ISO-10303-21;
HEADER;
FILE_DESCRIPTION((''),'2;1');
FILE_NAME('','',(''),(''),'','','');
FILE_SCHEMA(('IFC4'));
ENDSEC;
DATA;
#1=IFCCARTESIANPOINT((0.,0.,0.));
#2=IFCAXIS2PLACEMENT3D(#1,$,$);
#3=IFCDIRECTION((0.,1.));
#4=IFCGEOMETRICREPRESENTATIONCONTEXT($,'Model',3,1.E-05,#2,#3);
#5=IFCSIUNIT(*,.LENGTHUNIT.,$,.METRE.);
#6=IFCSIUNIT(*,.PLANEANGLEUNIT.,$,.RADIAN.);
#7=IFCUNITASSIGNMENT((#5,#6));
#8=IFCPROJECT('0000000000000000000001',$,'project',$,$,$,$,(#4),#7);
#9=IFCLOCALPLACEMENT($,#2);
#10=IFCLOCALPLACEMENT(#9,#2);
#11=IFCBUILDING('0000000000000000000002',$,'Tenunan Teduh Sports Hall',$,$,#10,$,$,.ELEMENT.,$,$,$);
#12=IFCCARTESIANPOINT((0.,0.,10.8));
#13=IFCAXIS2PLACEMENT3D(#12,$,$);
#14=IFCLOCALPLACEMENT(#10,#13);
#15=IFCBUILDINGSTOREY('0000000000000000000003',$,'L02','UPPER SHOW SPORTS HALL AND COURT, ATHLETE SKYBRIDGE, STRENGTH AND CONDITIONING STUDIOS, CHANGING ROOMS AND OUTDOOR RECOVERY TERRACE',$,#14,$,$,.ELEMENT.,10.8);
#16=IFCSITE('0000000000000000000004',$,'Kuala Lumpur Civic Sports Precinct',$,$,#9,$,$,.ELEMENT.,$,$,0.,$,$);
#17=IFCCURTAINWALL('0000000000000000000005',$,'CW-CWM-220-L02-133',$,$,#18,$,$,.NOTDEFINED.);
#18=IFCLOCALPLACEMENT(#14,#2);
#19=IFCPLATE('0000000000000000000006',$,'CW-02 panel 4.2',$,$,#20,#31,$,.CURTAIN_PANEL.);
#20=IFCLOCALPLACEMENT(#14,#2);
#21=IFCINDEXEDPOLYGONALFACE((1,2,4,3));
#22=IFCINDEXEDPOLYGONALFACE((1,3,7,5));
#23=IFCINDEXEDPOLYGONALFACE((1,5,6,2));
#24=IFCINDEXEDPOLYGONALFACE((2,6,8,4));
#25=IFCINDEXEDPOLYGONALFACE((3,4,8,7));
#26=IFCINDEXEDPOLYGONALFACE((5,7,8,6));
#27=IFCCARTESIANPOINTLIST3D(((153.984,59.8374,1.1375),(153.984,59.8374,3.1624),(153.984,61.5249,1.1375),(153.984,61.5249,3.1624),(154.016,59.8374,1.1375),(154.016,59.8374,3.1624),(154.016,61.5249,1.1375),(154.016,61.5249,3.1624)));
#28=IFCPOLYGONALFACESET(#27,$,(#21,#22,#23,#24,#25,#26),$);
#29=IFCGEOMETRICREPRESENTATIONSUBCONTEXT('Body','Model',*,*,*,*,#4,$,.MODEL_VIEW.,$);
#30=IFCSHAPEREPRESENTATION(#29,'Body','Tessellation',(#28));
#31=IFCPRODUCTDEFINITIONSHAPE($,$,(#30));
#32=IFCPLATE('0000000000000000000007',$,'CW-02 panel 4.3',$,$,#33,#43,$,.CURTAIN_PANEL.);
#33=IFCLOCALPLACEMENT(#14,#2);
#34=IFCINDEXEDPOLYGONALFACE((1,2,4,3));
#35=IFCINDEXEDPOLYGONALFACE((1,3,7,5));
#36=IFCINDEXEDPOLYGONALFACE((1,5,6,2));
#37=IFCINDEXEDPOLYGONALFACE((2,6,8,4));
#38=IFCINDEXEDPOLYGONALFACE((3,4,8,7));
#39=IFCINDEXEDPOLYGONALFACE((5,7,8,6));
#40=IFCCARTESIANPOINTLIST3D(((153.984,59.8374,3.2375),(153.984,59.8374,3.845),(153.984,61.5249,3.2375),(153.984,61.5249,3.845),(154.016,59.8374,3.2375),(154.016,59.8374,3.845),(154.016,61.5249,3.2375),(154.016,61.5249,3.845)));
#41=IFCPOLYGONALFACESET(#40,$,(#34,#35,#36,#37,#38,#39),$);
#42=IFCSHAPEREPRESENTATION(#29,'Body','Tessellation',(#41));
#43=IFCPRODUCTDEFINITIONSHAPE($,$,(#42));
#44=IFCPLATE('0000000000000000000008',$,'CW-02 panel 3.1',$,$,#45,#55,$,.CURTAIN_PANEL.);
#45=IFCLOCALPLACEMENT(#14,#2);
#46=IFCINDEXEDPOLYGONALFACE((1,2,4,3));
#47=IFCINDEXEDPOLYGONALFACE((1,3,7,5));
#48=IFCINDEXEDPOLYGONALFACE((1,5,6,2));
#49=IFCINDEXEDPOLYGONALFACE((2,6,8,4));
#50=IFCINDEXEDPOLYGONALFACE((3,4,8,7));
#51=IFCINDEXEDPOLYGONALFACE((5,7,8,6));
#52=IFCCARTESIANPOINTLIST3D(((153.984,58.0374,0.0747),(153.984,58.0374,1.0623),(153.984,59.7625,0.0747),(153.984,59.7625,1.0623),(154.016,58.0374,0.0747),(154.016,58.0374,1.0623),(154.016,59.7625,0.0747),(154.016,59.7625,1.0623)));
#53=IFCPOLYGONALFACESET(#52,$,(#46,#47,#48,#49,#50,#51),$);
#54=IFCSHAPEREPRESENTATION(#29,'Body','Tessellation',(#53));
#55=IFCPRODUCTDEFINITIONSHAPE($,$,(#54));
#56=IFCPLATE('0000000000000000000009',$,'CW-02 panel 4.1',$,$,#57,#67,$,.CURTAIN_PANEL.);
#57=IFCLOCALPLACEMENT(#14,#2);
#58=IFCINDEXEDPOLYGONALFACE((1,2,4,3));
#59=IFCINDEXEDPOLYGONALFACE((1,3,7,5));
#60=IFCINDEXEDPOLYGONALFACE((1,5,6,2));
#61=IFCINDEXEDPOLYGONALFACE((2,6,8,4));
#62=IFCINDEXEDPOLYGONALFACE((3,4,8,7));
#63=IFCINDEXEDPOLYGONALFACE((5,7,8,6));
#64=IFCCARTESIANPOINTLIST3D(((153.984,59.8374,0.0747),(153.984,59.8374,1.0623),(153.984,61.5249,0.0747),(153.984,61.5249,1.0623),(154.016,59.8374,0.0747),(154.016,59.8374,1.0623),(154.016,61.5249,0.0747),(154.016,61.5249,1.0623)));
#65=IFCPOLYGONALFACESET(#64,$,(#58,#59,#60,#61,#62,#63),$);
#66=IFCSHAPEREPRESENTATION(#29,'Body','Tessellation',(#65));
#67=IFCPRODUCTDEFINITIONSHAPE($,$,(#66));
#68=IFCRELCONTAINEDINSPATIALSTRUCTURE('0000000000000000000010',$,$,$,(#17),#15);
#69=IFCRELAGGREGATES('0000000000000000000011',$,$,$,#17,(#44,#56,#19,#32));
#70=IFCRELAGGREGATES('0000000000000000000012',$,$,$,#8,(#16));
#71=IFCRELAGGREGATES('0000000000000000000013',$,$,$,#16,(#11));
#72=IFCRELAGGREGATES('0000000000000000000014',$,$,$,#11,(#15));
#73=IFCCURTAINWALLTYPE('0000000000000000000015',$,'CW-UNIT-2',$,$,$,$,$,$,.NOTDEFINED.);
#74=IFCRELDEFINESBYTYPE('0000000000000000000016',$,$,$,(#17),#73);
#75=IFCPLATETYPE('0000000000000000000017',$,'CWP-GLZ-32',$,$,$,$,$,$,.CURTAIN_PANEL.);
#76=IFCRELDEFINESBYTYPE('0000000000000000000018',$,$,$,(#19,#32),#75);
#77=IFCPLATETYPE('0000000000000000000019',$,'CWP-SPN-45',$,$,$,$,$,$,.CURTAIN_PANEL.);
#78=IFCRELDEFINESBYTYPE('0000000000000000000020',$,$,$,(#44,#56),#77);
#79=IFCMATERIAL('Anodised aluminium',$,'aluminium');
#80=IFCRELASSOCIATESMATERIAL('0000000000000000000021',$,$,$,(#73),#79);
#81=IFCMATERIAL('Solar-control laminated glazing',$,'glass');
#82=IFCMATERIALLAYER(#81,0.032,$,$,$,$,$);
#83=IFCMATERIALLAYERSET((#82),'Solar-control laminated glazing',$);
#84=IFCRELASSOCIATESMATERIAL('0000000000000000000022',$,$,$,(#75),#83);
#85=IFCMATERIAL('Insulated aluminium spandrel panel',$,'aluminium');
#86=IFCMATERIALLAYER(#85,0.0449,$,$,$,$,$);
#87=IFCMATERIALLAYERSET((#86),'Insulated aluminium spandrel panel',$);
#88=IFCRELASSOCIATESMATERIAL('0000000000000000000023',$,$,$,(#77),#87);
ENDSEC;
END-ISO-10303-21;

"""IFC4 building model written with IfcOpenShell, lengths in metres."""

from ifc_helpers import new_model, si_unit, direction, frame, origin, origin_2d, place, context, subcontext, project, spatial, rectangle, extrude, material, layer, layer_set, type_object, element, aggregate, save


model = new_model("IFC4")

# Units and contexts
model_context = context("Model", 3, precision=1e-05, world=origin(), true_north=direction((0.0, 1.0)))
body_context = subcontext(model_context, "Body", "Model", "MODEL_VIEW")
ifc_project = project(units=[si_unit("LENGTHUNIT", "METRE"), si_unit("PLANEANGLEUNIT", "RADIAN")], contexts=[model_context])

# Site, building, storey
site_placement = place(None, origin())
site = spatial("IfcSite", under=ifc_project, at=site_placement, Name="Kuala Lumpur Civic Sports Precinct", CompositionType="ELEMENT", RefElevation=0.0)
building_placement = place(site_placement, origin())
building = spatial("IfcBuilding", under=site, at=building_placement, Name="Tenunan Teduh Sports Hall", CompositionType="ELEMENT")
storey_placement = place(building_placement, frame((0.0, 0.0, 10.8)))
storey = spatial("IfcBuildingStorey", under=building, at=storey_placement, Name="L02", Description="UPPER SHOW SPORTS HALL AND COURT, ATHLETE SKYBRIDGE, STRENGTH AND CONDITIONING STUDIOS, CHANGING ROOMS AND OUTDOOR RECOVERY TERRACE", CompositionType="ELEMENT", Elevation=10.8)

# Shared definitions
ifc_material_1 = material(Name="Anodised aluminium", Category="aluminium")
curtain_wall_type = type_object("IfcCurtainWallType", Name="CW-UNIT-2", PredefinedType="NOTDEFINED", material=ifc_material_1)

# Curtain wall
curtain_wall_1_placement = place(storey_placement, origin())
curtain_wall_1 = element("IfcCurtainWall", 1, at=curtain_wall_1_placement, inside=storey, type_object=curtain_wall_type, Name="CW-CWM-220-L02-133", PredefinedType="NOTDEFINED")

# Plates
ifc_material_2 = material(Name="Solar-control laminated glazing", Category="glass")
ifc_layer_1 = layer(ifc_material_2, 0.032)
ifc_layer_set_1 = layer_set([ifc_layer_1], Name="Solar-control laminated glazing")
plate_type_1 = type_object("IfcPlateType", Name="CWP-GLZ-32", PredefinedType="CURTAIN_PANEL", material=ifc_layer_set_1)
plate_1_placement = place(storey_placement, frame((154.0, 60.6812, 1.1375), z_axis=(0.0, 0.0, 1.0), x_axis=(0.0, 1.0, 0.0)))
plate_1 = element("IfcPlate", 2, at=plate_1_placement, type_object=plate_type_1, Name="CW-02 panel 4.2", PredefinedType="CURTAIN_PANEL", context=body_context, shape_type="SweptSolid", body=[
    extrude(rectangle(XDim=1.6875, YDim=0.032, at=origin_2d()), origin(), (0.0, 0.0, 1.0), 2.0249),
])
plate_2_placement = place(storey_placement, frame((154.0, 60.6812, 3.2375), z_axis=(0.0, 0.0, 1.0), x_axis=(0.0, 1.0, 0.0)))
plate_2 = element("IfcPlate", 3, at=plate_2_placement, type_object=plate_type_1, Name="CW-02 panel 4.3", PredefinedType="CURTAIN_PANEL", context=body_context, shape_type="SweptSolid", body=[
    extrude(rectangle(XDim=1.6875, YDim=0.032, at=origin_2d()), origin(), (0.0, 0.0, 1.0), 0.6074),
])
ifc_material_3 = material(Name="Insulated aluminium spandrel panel", Category="aluminium")
ifc_layer_2 = layer(ifc_material_3, 0.0449)
ifc_layer_set_2 = layer_set([ifc_layer_2], Name="Insulated aluminium spandrel panel")
plate_type_2 = type_object("IfcPlateType", Name="CWP-SPN-45", PredefinedType="CURTAIN_PANEL", material=ifc_layer_set_2)
plate_3_placement = place(storey_placement, frame((154.0, 58.8999, 0.0747), z_axis=(0.0, 0.0, 1.0), x_axis=(0.0, 1.0, 0.0)))
plate_3 = element("IfcPlate", 4, at=plate_3_placement, type_object=plate_type_2, Name="CW-02 panel 3.1", PredefinedType="CURTAIN_PANEL", context=body_context, shape_type="SweptSolid", body=[
    extrude(rectangle(XDim=1.7251, YDim=0.032, at=origin_2d()), origin(), (0.0, 0.0, 1.0), 0.9875),
])
plate_4_placement = place(storey_placement, frame((154.0, 60.6812, 0.0747), z_axis=(0.0, 0.0, 1.0), x_axis=(0.0, 1.0, 0.0)))
plate_4 = element("IfcPlate", 5, at=plate_4_placement, type_object=plate_type_2, Name="CW-02 panel 4.1", PredefinedType="CURTAIN_PANEL", context=body_context, shape_type="SweptSolid", body=[
    extrude(rectangle(XDim=1.6875, YDim=0.032, at=origin_2d()), origin(), (0.0, 0.0, 1.0), 0.9875),
])
aggregate(curtain_wall_1, [plate_3, plate_4, plate_1, plate_2])

save(model, "model.ifc")
